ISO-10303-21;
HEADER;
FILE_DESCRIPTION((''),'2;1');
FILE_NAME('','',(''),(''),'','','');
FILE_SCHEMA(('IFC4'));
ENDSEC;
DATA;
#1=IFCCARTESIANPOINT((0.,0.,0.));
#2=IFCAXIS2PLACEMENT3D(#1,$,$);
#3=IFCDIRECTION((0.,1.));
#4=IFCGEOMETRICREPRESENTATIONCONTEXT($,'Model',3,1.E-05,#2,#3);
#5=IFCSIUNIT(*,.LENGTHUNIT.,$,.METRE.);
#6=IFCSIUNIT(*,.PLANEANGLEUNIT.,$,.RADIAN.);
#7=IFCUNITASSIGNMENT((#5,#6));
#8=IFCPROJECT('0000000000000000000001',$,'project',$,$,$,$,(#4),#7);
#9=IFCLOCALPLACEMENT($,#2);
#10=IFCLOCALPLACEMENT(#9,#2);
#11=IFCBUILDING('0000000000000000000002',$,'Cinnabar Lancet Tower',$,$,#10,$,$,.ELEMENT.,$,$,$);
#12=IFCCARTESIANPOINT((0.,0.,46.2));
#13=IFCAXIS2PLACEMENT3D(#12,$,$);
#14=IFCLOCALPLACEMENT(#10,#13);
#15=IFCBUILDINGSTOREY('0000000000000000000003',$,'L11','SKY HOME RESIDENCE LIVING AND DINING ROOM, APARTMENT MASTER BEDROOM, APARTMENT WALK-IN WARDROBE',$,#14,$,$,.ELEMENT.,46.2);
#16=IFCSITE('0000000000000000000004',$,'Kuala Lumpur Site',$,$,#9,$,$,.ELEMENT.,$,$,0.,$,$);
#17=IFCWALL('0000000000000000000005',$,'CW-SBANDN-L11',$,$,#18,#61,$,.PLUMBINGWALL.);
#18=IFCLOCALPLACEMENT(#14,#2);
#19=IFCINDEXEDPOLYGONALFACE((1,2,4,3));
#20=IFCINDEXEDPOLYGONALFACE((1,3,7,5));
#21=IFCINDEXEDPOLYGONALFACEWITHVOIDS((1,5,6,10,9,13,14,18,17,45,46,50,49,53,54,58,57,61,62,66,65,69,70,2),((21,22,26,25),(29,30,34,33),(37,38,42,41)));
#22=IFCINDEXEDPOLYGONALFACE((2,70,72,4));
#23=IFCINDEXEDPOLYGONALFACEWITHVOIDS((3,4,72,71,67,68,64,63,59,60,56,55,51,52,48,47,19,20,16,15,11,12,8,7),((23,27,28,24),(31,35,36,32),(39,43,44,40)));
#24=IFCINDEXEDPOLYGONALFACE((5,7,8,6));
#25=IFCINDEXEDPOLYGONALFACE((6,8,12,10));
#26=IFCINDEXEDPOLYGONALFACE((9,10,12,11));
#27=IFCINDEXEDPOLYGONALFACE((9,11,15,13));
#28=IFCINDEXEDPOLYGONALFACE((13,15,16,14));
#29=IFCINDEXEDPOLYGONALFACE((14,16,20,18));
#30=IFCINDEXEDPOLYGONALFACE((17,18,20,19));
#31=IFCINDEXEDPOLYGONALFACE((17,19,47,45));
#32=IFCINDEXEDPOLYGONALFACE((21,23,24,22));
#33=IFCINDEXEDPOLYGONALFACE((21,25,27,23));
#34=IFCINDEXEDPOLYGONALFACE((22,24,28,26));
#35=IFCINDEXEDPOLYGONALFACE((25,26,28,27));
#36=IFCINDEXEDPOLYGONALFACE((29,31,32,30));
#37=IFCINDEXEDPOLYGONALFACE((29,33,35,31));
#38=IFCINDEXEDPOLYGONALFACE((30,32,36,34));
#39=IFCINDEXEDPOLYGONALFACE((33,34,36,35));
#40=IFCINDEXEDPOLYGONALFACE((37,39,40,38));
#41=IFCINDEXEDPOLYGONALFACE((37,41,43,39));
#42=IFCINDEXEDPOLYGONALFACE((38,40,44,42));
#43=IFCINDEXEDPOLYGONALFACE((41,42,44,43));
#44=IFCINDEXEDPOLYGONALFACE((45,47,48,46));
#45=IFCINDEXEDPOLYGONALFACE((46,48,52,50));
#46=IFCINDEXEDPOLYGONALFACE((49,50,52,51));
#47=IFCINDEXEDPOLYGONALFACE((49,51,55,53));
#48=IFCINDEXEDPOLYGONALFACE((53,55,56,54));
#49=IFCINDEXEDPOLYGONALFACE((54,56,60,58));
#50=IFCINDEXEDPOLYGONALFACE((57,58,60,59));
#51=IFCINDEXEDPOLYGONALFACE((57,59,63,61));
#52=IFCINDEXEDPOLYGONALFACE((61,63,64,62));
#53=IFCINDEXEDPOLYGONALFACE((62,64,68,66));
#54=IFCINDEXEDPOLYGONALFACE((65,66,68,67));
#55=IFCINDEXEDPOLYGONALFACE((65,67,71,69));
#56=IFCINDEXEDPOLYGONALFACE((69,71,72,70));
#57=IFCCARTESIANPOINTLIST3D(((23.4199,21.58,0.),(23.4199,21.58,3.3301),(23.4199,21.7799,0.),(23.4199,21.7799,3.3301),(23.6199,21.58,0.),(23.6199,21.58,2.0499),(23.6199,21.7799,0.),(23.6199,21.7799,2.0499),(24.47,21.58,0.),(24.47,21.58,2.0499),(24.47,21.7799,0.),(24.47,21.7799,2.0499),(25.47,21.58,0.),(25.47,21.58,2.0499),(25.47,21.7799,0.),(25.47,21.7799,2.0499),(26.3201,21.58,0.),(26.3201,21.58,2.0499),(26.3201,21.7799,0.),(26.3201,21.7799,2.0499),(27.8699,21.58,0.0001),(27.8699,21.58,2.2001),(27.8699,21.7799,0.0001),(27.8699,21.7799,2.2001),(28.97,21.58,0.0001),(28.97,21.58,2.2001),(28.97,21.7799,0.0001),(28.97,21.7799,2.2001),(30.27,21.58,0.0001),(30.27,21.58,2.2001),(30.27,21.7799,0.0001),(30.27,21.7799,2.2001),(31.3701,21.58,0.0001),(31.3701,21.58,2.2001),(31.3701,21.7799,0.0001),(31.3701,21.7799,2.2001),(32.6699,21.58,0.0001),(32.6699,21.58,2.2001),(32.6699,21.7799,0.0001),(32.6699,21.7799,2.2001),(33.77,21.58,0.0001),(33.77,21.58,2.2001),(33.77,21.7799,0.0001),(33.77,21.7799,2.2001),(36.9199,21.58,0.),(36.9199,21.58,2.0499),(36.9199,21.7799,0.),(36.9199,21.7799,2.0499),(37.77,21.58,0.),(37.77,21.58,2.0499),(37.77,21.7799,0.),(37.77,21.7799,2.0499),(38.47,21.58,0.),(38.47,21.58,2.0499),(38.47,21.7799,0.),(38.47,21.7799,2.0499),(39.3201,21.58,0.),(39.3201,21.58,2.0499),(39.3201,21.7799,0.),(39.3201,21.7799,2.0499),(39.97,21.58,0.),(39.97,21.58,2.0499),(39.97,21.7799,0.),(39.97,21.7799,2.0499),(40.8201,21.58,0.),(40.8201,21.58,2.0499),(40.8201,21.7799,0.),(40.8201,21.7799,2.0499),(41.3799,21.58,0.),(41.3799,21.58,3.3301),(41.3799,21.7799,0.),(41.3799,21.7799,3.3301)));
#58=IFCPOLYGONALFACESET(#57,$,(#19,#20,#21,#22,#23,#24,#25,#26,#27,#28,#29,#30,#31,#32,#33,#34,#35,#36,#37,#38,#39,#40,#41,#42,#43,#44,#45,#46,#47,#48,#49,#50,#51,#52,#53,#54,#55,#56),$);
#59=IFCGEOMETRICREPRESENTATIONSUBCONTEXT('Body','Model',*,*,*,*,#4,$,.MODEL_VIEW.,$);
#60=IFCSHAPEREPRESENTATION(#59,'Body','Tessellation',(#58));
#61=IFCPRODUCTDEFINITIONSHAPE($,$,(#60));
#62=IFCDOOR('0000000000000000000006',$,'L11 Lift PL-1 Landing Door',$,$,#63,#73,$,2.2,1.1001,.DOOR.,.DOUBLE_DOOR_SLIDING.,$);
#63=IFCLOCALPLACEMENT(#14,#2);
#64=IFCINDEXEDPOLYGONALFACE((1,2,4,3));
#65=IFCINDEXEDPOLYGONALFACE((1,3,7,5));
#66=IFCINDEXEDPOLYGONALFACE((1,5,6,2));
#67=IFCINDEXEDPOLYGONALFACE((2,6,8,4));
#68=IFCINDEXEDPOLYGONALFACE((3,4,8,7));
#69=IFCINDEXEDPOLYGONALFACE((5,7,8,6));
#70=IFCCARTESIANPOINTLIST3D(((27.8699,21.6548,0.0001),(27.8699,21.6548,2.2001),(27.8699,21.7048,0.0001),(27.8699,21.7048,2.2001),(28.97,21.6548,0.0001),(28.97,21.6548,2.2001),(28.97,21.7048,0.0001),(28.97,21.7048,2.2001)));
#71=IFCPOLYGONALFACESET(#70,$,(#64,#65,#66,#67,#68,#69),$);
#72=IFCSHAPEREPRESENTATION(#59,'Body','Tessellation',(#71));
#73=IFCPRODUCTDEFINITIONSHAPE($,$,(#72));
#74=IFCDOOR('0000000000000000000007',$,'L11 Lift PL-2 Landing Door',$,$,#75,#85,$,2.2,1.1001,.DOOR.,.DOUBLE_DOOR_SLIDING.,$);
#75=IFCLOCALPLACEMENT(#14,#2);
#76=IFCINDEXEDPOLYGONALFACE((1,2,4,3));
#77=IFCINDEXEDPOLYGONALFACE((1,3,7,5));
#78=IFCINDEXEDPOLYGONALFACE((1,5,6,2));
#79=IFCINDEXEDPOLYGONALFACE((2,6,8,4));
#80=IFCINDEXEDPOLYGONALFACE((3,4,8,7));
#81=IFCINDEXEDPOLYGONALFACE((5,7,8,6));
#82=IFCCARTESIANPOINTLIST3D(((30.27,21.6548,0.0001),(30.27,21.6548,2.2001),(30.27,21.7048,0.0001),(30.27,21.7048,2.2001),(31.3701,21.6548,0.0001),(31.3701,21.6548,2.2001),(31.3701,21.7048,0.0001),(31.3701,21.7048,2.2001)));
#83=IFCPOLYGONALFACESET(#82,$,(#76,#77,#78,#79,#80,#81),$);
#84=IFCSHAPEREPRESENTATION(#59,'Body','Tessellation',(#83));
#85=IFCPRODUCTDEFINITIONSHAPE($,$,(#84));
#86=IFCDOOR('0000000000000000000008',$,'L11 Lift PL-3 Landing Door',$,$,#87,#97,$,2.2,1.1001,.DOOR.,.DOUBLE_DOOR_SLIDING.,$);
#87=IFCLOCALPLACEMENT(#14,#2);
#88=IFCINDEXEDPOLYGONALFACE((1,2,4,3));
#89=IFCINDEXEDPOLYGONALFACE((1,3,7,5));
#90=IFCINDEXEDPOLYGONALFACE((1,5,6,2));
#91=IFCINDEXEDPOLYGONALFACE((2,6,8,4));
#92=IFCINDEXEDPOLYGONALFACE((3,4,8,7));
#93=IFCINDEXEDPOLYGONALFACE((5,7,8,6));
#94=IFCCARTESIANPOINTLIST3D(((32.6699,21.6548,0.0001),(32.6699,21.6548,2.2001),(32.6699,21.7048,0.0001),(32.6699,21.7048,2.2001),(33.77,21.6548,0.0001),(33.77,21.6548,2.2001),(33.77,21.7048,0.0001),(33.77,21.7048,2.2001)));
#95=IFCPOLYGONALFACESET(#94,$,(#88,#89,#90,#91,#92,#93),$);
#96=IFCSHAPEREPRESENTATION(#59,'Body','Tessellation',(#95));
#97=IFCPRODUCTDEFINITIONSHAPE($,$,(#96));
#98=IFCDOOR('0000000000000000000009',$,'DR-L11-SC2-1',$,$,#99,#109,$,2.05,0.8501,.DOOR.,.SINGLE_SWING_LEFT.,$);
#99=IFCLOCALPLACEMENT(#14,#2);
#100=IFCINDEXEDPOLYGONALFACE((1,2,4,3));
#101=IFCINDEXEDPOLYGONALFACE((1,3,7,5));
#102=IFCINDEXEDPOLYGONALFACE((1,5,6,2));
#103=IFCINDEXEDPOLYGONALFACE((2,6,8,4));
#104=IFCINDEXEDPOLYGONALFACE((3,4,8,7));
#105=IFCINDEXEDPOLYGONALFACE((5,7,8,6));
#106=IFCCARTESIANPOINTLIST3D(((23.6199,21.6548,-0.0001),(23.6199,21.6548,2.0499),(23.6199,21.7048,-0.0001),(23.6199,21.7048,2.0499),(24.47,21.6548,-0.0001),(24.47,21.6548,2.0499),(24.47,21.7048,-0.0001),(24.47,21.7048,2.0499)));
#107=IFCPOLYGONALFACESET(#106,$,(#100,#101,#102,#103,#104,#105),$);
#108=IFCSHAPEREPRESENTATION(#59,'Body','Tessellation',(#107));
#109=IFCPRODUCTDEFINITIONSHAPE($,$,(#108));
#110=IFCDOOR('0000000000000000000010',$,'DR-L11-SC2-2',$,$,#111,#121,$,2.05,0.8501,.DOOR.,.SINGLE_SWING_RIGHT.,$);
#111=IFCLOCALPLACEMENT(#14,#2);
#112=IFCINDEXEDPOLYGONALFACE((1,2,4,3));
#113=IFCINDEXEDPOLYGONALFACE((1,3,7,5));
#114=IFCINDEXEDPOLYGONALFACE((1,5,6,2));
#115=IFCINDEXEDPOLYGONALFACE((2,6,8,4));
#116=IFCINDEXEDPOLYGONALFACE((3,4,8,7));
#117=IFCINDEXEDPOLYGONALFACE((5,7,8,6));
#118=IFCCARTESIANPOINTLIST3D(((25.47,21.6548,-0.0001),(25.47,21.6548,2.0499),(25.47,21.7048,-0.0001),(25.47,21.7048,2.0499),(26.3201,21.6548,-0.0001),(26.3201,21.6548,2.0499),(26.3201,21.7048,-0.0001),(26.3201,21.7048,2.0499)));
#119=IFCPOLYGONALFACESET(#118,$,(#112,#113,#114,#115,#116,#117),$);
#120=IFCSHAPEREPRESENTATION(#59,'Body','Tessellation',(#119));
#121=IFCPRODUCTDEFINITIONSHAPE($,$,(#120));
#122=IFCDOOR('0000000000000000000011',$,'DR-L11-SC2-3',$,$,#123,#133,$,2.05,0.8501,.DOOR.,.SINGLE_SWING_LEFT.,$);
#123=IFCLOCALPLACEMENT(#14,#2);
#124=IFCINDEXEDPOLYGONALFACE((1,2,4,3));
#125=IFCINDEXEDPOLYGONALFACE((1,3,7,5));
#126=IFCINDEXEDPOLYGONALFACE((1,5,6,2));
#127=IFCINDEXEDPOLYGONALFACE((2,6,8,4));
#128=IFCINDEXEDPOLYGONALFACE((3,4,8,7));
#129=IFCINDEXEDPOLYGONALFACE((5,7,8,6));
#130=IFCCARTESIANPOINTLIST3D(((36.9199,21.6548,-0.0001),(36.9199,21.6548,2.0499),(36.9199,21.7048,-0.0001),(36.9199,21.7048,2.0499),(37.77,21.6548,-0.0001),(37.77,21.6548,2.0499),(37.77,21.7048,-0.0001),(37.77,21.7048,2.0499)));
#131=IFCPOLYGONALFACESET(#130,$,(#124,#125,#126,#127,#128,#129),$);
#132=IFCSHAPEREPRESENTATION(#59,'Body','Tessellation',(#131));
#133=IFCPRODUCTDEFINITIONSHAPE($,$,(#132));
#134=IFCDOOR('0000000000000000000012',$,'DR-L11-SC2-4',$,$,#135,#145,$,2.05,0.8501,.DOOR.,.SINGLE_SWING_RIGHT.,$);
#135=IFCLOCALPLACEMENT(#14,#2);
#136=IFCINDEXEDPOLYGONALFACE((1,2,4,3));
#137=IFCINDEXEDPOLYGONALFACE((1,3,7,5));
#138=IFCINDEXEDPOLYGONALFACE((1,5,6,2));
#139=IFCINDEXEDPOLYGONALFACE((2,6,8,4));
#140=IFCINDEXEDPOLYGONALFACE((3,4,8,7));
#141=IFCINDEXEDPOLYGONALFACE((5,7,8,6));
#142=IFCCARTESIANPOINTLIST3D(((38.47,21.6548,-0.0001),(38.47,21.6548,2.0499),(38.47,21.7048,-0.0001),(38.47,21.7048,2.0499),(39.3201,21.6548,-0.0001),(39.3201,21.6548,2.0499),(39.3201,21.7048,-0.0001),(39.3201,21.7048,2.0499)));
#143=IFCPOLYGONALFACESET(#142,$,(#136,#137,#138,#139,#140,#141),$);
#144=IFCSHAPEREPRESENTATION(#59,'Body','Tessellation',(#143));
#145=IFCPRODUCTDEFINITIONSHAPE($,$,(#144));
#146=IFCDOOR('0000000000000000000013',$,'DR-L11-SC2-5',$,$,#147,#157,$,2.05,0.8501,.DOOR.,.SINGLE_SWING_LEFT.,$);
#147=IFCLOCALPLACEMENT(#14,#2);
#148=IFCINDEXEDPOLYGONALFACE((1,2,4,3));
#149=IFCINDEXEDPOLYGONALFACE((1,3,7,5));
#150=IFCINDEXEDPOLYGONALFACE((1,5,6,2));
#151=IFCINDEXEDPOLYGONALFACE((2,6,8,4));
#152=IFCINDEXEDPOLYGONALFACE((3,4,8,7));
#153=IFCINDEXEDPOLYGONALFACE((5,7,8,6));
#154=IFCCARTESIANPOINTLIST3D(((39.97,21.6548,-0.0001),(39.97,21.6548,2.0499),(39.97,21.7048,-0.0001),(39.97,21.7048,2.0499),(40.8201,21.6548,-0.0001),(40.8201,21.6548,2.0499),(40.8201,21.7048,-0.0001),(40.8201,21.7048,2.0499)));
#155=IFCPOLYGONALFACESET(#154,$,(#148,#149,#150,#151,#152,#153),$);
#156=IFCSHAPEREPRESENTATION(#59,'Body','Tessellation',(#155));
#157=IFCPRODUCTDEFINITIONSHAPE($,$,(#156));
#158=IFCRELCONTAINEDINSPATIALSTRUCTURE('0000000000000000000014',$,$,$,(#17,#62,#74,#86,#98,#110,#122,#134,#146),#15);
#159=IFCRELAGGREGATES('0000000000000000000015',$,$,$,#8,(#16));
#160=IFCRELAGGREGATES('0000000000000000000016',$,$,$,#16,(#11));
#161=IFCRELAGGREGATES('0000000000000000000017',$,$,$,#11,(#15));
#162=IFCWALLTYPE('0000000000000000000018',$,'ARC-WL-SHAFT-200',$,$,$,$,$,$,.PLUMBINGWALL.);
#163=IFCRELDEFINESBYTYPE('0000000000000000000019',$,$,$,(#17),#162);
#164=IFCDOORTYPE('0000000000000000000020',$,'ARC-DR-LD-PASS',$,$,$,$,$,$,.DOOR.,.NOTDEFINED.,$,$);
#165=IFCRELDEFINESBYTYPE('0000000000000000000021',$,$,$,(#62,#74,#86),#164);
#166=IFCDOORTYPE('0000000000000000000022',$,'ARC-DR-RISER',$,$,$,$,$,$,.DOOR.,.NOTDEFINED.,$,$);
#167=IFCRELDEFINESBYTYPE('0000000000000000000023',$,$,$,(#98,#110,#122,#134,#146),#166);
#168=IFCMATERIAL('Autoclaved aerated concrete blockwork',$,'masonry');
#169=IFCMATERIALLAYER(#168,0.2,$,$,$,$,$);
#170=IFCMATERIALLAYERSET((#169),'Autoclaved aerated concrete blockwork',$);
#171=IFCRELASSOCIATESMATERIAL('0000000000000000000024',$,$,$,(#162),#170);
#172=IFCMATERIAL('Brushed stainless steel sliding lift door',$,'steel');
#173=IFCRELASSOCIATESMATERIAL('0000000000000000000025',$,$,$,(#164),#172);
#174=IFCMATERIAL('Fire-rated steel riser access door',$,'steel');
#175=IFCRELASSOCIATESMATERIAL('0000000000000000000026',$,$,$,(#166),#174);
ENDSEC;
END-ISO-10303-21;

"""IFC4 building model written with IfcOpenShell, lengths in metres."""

from ifc_helpers import new_model, si_unit, direction, frame, frame_2d, origin, place, context, subcontext, project, spatial, rectangle, extrude, material, layer, layer_set, type_object, element, fill, save


model = new_model("IFC4")

# Units and contexts
model_context = context("Model", 3, precision=1e-05, world=origin(), true_north=direction((0.0, 1.0)))
body_context = subcontext(model_context, "Body", "Model", "MODEL_VIEW")
ifc_project = project(units=[si_unit("LENGTHUNIT", "METRE"), si_unit("PLANEANGLEUNIT", "RADIAN")], contexts=[model_context])

# Site, building, storey
site_placement = place(None, origin())
site = spatial("IfcSite", under=ifc_project, at=site_placement, Name="Kuala Lumpur Site", CompositionType="ELEMENT", RefElevation=0.0)
building_placement = place(site_placement, origin())
building = spatial("IfcBuilding", under=site, at=building_placement, Name="Cinnabar Lancet Tower", CompositionType="ELEMENT")
storey_placement = place(building_placement, frame((0.0, 0.0, 46.2)))
storey = spatial("IfcBuildingStorey", under=building, at=storey_placement, Name="L11", Description="SKY HOME RESIDENCE LIVING AND DINING ROOM, APARTMENT MASTER BEDROOM, APARTMENT WALK-IN WARDROBE", CompositionType="ELEMENT", Elevation=46.2)

# Shared definitions
ifc_material_1 = material(Name="Autoclaved aerated concrete blockwork", Category="masonry")
ifc_layer_1 = layer(ifc_material_1, 0.2)
ifc_layer_set_1 = layer_set([ifc_layer_1], Name="Autoclaved aerated concrete blockwork")
wall_type_1 = type_object("IfcWallType", Name="ARC-WL-SHAFT-200", PredefinedType="PLUMBINGWALL", material=ifc_layer_set_1)

# Wall, openings, doors
wall_1_placement = place(storey_placement, frame((23.4199, 21.6799, 0.0), z_axis=(0.0, 0.0, 1.0), x_axis=(1.0, 0.0, 0.0)))
wall_1 = element("IfcWall", 1, at=wall_1_placement, inside=storey, type_object=wall_type_1, Name="CW-SBANDN-L11", PredefinedType="PLUMBINGWALL", context=body_context, shape_type="SweptSolid", body=[
    extrude(rectangle(XDim=17.96, YDim=0.2, at=frame_2d((8.98, 0.0))), origin(), (0.0, 0.0, 1.0), 3.3301),
])
opening_1_placement = place(wall_1_placement, frame((4.45, 0.0, 0.0)))
opening_1 = element("IfcOpeningElement", 2, at=opening_1_placement, cuts=wall_1, PredefinedType="OPENING", context=body_context, shape_type="SweptSolid", body=[
    extrude(rectangle(XDim=1.1001, YDim=2.2, at=frame_2d((0.55, 1.1001))), frame((0.0, 0.1099, 0.0), z_axis=(0.0, -1.0, 0.0), x_axis=(1.0, 0.0, 0.0)), (0.0, 0.0, 1.0), 0.22),
])
opening_2_placement = place(wall_1_placement, frame((6.8501, 0.0, 0.0)))
opening_2 = element("IfcOpeningElement", 3, at=opening_2_placement, cuts=wall_1, PredefinedType="OPENING", context=body_context, shape_type="SweptSolid", body=[
    extrude(rectangle(XDim=1.1001, YDim=2.2, at=frame_2d((0.55, 1.1001))), frame((0.0, 0.1099, 0.0), z_axis=(0.0, -1.0, 0.0), x_axis=(1.0, 0.0, 0.0)), (0.0, 0.0, 1.0), 0.22),
])
opening_3_placement = place(wall_1_placement, frame((9.25, 0.0, 0.0)))
opening_3 = element("IfcOpeningElement", 4, at=opening_3_placement, cuts=wall_1, PredefinedType="OPENING", context=body_context, shape_type="SweptSolid", body=[
    extrude(rectangle(XDim=1.1001, YDim=2.2, at=frame_2d((0.55, 1.1001))), frame((0.0, 0.1099, 0.0), z_axis=(0.0, -1.0, 0.0), x_axis=(1.0, 0.0, 0.0)), (0.0, 0.0, 1.0), 0.22),
])
opening_4_placement = place(wall_1_placement, frame((0.2, 0.0, 0.0)))
opening_4 = element("IfcOpeningElement", 5, at=opening_4_placement, cuts=wall_1, PredefinedType="OPENING", context=body_context, shape_type="SweptSolid", body=[
    extrude(rectangle(XDim=0.8501, YDim=2.05, at=frame_2d((0.425, 1.0249))), frame((0.0, 0.1099, 0.0), z_axis=(0.0, -1.0, 0.0), x_axis=(1.0, 0.0, 0.0)), (0.0, 0.0, 1.0), 0.22),
])
opening_5_placement = place(wall_1_placement, frame((2.05, 0.0, 0.0)))
opening_5 = element("IfcOpeningElement", 6, at=opening_5_placement, cuts=wall_1, PredefinedType="OPENING", context=body_context, shape_type="SweptSolid", body=[
    extrude(rectangle(XDim=0.8501, YDim=2.05, at=frame_2d((0.425, 1.0249))), frame((0.0, 0.1099, 0.0), z_axis=(0.0, -1.0, 0.0), x_axis=(1.0, 0.0, 0.0)), (0.0, 0.0, 1.0), 0.22),
])
opening_6_placement = place(wall_1_placement, frame((13.5, 0.0, 0.0)))
opening_6 = element("IfcOpeningElement", 7, at=opening_6_placement, cuts=wall_1, PredefinedType="OPENING", context=body_context, shape_type="SweptSolid", body=[
    extrude(rectangle(XDim=0.8501, YDim=2.05, at=frame_2d((0.425, 1.0249))), frame((0.0, 0.1099, 0.0), z_axis=(0.0, -1.0, 0.0), x_axis=(1.0, 0.0, 0.0)), (0.0, 0.0, 1.0), 0.22),
])
opening_7_placement = place(wall_1_placement, frame((15.05, 0.0, 0.0)))
opening_7 = element("IfcOpeningElement", 8, at=opening_7_placement, cuts=wall_1, PredefinedType="OPENING", context=body_context, shape_type="SweptSolid", body=[
    extrude(rectangle(XDim=0.8501, YDim=2.05, at=frame_2d((0.425, 1.0249))), frame((0.0, 0.1099, 0.0), z_axis=(0.0, -1.0, 0.0), x_axis=(1.0, 0.0, 0.0)), (0.0, 0.0, 1.0), 0.22),
])
opening_8_placement = place(wall_1_placement, frame((16.55, 0.0, 0.0)))
opening_8 = element("IfcOpeningElement", 9, at=opening_8_placement, cuts=wall_1, PredefinedType="OPENING", context=body_context, shape_type="SweptSolid", body=[
    extrude(rectangle(XDim=0.8501, YDim=2.05, at=frame_2d((0.425, 1.0249))), frame((0.0, 0.1099, 0.0), z_axis=(0.0, -1.0, 0.0), x_axis=(1.0, 0.0, 0.0)), (0.0, 0.0, 1.0), 0.22),
])
ifc_material_2 = material(Name="Brushed stainless steel sliding lift door", Category="steel")
door_type_1 = type_object("IfcDoorType", Name="ARC-DR-LD-PASS", OperationType="NOTDEFINED", PredefinedType="DOOR", material=ifc_material_2)
door_1_placement = place(opening_1_placement, origin())
door_1 = element("IfcDoor", 10, at=door_1_placement, inside=storey, type_object=door_type_1, Name="L11 Lift PL-1 Landing Door", OperationType="DOUBLE_DOOR_SLIDING", OverallHeight=2.2, OverallWidth=1.1001, PredefinedType="DOOR", context=body_context, shape_type="SweptSolid", body=[
    extrude(rectangle(XDim=1.1001, YDim=2.2, at=frame_2d((0.55, 1.1001))), frame((0.0, 0.0249, 0.0), z_axis=(0.0, -1.0, 0.0), x_axis=(1.0, 0.0, 0.0)), (0.0, 0.0, 1.0), 0.05),
])
fill(opening_1, door_1)
door_2_placement = place(opening_2_placement, origin())
door_2 = element("IfcDoor", 11, at=door_2_placement, inside=storey, type_object=door_type_1, Name="L11 Lift PL-2 Landing Door", OperationType="DOUBLE_DOOR_SLIDING", OverallHeight=2.2, OverallWidth=1.1001, PredefinedType="DOOR", context=body_context, shape_type="SweptSolid", body=[
    extrude(rectangle(XDim=1.1001, YDim=2.2, at=frame_2d((0.55, 1.1001))), frame((0.0, 0.0249, 0.0), z_axis=(0.0, -1.0, 0.0), x_axis=(1.0, 0.0, 0.0)), (0.0, 0.0, 1.0), 0.05),
])
fill(opening_2, door_2)
door_3_placement = place(opening_3_placement, origin())
door_3 = element("IfcDoor", 12, at=door_3_placement, inside=storey, type_object=door_type_1, Name="L11 Lift PL-3 Landing Door", OperationType="DOUBLE_DOOR_SLIDING", OverallHeight=2.2, OverallWidth=1.1001, PredefinedType="DOOR", context=body_context, shape_type="SweptSolid", body=[
    extrude(rectangle(XDim=1.1001, YDim=2.2, at=frame_2d((0.55, 1.1001))), frame((0.0, 0.0249, 0.0), z_axis=(0.0, -1.0, 0.0), x_axis=(1.0, 0.0, 0.0)), (0.0, 0.0, 1.0), 0.05),
])
fill(opening_3, door_3)
ifc_material_3 = material(Name="Fire-rated steel riser access door", Category="steel")
door_type_2 = type_object("IfcDoorType", Name="ARC-DR-RISER", OperationType="NOTDEFINED", PredefinedType="DOOR", material=ifc_material_3)
door_4_placement = place(opening_4_placement, origin())
door_4 = element("IfcDoor", 13, at=door_4_placement, inside=storey, type_object=door_type_2, Name="DR-L11-SC2-1", OperationType="SINGLE_SWING_LEFT", OverallHeight=2.05, OverallWidth=0.8501, PredefinedType="DOOR", context=body_context, shape_type="SweptSolid", body=[
    extrude(rectangle(XDim=0.8501, YDim=2.05, at=frame_2d((0.425, 1.0249))), frame((0.0, 0.0249, 0.0), z_axis=(0.0, -1.0, 0.0), x_axis=(1.0, 0.0, 0.0)), (0.0, 0.0, 1.0), 0.05),
])
fill(opening_4, door_4)
door_5_placement = place(opening_5_placement, origin())
door_5 = element("IfcDoor", 14, at=door_5_placement, inside=storey, type_object=door_type_2, Name="DR-L11-SC2-2", OperationType="SINGLE_SWING_RIGHT", OverallHeight=2.05, OverallWidth=0.8501, PredefinedType="DOOR", context=body_context, shape_type="SweptSolid", body=[
    extrude(rectangle(XDim=0.8501, YDim=2.05, at=frame_2d((0.425, 1.0249))), frame((0.0, 0.0249, 0.0), z_axis=(0.0, -1.0, 0.0), x_axis=(1.0, 0.0, 0.0)), (0.0, 0.0, 1.0), 0.05),
])
fill(opening_5, door_5)
door_6_placement = place(opening_6_placement, origin())
door_6 = element("IfcDoor", 15, at=door_6_placement, inside=storey, type_object=door_type_2, Name="DR-L11-SC2-3", OperationType="SINGLE_SWING_LEFT", OverallHeight=2.05, OverallWidth=0.8501, PredefinedType="DOOR", context=body_context, shape_type="SweptSolid", body=[
    extrude(rectangle(XDim=0.8501, YDim=2.05, at=frame_2d((0.425, 1.0249))), frame((0.0, 0.0249, 0.0), z_axis=(0.0, -1.0, 0.0), x_axis=(1.0, 0.0, 0.0)), (0.0, 0.0, 1.0), 0.05),
])
fill(opening_6, door_6)
door_7_placement = place(opening_7_placement, origin())
door_7 = element("IfcDoor", 16, at=door_7_placement, inside=storey, type_object=door_type_2, Name="DR-L11-SC2-4", OperationType="SINGLE_SWING_RIGHT", OverallHeight=2.05, OverallWidth=0.8501, PredefinedType="DOOR", context=body_context, shape_type="SweptSolid", body=[
    extrude(rectangle(XDim=0.8501, YDim=2.05, at=frame_2d((0.425, 1.0249))), frame((0.0, 0.0249, 0.0), z_axis=(0.0, -1.0, 0.0), x_axis=(1.0, 0.0, 0.0)), (0.0, 0.0, 1.0), 0.05),
])
fill(opening_7, door_7)
door_8_placement = place(opening_8_placement, origin())
door_8 = element("IfcDoor", 17, at=door_8_placement, inside=storey, type_object=door_type_2, Name="DR-L11-SC2-5", OperationType="SINGLE_SWING_LEFT", OverallHeight=2.05, OverallWidth=0.8501, PredefinedType="DOOR", context=body_context, shape_type="SweptSolid", body=[
    extrude(rectangle(XDim=0.8501, YDim=2.05, at=frame_2d((0.425, 1.0249))), frame((0.0, 0.0249, 0.0), z_axis=(0.0, -1.0, 0.0), x_axis=(1.0, 0.0, 0.0)), (0.0, 0.0, 1.0), 0.05),
])
fill(opening_8, door_8)

save(model, "model.ifc")
